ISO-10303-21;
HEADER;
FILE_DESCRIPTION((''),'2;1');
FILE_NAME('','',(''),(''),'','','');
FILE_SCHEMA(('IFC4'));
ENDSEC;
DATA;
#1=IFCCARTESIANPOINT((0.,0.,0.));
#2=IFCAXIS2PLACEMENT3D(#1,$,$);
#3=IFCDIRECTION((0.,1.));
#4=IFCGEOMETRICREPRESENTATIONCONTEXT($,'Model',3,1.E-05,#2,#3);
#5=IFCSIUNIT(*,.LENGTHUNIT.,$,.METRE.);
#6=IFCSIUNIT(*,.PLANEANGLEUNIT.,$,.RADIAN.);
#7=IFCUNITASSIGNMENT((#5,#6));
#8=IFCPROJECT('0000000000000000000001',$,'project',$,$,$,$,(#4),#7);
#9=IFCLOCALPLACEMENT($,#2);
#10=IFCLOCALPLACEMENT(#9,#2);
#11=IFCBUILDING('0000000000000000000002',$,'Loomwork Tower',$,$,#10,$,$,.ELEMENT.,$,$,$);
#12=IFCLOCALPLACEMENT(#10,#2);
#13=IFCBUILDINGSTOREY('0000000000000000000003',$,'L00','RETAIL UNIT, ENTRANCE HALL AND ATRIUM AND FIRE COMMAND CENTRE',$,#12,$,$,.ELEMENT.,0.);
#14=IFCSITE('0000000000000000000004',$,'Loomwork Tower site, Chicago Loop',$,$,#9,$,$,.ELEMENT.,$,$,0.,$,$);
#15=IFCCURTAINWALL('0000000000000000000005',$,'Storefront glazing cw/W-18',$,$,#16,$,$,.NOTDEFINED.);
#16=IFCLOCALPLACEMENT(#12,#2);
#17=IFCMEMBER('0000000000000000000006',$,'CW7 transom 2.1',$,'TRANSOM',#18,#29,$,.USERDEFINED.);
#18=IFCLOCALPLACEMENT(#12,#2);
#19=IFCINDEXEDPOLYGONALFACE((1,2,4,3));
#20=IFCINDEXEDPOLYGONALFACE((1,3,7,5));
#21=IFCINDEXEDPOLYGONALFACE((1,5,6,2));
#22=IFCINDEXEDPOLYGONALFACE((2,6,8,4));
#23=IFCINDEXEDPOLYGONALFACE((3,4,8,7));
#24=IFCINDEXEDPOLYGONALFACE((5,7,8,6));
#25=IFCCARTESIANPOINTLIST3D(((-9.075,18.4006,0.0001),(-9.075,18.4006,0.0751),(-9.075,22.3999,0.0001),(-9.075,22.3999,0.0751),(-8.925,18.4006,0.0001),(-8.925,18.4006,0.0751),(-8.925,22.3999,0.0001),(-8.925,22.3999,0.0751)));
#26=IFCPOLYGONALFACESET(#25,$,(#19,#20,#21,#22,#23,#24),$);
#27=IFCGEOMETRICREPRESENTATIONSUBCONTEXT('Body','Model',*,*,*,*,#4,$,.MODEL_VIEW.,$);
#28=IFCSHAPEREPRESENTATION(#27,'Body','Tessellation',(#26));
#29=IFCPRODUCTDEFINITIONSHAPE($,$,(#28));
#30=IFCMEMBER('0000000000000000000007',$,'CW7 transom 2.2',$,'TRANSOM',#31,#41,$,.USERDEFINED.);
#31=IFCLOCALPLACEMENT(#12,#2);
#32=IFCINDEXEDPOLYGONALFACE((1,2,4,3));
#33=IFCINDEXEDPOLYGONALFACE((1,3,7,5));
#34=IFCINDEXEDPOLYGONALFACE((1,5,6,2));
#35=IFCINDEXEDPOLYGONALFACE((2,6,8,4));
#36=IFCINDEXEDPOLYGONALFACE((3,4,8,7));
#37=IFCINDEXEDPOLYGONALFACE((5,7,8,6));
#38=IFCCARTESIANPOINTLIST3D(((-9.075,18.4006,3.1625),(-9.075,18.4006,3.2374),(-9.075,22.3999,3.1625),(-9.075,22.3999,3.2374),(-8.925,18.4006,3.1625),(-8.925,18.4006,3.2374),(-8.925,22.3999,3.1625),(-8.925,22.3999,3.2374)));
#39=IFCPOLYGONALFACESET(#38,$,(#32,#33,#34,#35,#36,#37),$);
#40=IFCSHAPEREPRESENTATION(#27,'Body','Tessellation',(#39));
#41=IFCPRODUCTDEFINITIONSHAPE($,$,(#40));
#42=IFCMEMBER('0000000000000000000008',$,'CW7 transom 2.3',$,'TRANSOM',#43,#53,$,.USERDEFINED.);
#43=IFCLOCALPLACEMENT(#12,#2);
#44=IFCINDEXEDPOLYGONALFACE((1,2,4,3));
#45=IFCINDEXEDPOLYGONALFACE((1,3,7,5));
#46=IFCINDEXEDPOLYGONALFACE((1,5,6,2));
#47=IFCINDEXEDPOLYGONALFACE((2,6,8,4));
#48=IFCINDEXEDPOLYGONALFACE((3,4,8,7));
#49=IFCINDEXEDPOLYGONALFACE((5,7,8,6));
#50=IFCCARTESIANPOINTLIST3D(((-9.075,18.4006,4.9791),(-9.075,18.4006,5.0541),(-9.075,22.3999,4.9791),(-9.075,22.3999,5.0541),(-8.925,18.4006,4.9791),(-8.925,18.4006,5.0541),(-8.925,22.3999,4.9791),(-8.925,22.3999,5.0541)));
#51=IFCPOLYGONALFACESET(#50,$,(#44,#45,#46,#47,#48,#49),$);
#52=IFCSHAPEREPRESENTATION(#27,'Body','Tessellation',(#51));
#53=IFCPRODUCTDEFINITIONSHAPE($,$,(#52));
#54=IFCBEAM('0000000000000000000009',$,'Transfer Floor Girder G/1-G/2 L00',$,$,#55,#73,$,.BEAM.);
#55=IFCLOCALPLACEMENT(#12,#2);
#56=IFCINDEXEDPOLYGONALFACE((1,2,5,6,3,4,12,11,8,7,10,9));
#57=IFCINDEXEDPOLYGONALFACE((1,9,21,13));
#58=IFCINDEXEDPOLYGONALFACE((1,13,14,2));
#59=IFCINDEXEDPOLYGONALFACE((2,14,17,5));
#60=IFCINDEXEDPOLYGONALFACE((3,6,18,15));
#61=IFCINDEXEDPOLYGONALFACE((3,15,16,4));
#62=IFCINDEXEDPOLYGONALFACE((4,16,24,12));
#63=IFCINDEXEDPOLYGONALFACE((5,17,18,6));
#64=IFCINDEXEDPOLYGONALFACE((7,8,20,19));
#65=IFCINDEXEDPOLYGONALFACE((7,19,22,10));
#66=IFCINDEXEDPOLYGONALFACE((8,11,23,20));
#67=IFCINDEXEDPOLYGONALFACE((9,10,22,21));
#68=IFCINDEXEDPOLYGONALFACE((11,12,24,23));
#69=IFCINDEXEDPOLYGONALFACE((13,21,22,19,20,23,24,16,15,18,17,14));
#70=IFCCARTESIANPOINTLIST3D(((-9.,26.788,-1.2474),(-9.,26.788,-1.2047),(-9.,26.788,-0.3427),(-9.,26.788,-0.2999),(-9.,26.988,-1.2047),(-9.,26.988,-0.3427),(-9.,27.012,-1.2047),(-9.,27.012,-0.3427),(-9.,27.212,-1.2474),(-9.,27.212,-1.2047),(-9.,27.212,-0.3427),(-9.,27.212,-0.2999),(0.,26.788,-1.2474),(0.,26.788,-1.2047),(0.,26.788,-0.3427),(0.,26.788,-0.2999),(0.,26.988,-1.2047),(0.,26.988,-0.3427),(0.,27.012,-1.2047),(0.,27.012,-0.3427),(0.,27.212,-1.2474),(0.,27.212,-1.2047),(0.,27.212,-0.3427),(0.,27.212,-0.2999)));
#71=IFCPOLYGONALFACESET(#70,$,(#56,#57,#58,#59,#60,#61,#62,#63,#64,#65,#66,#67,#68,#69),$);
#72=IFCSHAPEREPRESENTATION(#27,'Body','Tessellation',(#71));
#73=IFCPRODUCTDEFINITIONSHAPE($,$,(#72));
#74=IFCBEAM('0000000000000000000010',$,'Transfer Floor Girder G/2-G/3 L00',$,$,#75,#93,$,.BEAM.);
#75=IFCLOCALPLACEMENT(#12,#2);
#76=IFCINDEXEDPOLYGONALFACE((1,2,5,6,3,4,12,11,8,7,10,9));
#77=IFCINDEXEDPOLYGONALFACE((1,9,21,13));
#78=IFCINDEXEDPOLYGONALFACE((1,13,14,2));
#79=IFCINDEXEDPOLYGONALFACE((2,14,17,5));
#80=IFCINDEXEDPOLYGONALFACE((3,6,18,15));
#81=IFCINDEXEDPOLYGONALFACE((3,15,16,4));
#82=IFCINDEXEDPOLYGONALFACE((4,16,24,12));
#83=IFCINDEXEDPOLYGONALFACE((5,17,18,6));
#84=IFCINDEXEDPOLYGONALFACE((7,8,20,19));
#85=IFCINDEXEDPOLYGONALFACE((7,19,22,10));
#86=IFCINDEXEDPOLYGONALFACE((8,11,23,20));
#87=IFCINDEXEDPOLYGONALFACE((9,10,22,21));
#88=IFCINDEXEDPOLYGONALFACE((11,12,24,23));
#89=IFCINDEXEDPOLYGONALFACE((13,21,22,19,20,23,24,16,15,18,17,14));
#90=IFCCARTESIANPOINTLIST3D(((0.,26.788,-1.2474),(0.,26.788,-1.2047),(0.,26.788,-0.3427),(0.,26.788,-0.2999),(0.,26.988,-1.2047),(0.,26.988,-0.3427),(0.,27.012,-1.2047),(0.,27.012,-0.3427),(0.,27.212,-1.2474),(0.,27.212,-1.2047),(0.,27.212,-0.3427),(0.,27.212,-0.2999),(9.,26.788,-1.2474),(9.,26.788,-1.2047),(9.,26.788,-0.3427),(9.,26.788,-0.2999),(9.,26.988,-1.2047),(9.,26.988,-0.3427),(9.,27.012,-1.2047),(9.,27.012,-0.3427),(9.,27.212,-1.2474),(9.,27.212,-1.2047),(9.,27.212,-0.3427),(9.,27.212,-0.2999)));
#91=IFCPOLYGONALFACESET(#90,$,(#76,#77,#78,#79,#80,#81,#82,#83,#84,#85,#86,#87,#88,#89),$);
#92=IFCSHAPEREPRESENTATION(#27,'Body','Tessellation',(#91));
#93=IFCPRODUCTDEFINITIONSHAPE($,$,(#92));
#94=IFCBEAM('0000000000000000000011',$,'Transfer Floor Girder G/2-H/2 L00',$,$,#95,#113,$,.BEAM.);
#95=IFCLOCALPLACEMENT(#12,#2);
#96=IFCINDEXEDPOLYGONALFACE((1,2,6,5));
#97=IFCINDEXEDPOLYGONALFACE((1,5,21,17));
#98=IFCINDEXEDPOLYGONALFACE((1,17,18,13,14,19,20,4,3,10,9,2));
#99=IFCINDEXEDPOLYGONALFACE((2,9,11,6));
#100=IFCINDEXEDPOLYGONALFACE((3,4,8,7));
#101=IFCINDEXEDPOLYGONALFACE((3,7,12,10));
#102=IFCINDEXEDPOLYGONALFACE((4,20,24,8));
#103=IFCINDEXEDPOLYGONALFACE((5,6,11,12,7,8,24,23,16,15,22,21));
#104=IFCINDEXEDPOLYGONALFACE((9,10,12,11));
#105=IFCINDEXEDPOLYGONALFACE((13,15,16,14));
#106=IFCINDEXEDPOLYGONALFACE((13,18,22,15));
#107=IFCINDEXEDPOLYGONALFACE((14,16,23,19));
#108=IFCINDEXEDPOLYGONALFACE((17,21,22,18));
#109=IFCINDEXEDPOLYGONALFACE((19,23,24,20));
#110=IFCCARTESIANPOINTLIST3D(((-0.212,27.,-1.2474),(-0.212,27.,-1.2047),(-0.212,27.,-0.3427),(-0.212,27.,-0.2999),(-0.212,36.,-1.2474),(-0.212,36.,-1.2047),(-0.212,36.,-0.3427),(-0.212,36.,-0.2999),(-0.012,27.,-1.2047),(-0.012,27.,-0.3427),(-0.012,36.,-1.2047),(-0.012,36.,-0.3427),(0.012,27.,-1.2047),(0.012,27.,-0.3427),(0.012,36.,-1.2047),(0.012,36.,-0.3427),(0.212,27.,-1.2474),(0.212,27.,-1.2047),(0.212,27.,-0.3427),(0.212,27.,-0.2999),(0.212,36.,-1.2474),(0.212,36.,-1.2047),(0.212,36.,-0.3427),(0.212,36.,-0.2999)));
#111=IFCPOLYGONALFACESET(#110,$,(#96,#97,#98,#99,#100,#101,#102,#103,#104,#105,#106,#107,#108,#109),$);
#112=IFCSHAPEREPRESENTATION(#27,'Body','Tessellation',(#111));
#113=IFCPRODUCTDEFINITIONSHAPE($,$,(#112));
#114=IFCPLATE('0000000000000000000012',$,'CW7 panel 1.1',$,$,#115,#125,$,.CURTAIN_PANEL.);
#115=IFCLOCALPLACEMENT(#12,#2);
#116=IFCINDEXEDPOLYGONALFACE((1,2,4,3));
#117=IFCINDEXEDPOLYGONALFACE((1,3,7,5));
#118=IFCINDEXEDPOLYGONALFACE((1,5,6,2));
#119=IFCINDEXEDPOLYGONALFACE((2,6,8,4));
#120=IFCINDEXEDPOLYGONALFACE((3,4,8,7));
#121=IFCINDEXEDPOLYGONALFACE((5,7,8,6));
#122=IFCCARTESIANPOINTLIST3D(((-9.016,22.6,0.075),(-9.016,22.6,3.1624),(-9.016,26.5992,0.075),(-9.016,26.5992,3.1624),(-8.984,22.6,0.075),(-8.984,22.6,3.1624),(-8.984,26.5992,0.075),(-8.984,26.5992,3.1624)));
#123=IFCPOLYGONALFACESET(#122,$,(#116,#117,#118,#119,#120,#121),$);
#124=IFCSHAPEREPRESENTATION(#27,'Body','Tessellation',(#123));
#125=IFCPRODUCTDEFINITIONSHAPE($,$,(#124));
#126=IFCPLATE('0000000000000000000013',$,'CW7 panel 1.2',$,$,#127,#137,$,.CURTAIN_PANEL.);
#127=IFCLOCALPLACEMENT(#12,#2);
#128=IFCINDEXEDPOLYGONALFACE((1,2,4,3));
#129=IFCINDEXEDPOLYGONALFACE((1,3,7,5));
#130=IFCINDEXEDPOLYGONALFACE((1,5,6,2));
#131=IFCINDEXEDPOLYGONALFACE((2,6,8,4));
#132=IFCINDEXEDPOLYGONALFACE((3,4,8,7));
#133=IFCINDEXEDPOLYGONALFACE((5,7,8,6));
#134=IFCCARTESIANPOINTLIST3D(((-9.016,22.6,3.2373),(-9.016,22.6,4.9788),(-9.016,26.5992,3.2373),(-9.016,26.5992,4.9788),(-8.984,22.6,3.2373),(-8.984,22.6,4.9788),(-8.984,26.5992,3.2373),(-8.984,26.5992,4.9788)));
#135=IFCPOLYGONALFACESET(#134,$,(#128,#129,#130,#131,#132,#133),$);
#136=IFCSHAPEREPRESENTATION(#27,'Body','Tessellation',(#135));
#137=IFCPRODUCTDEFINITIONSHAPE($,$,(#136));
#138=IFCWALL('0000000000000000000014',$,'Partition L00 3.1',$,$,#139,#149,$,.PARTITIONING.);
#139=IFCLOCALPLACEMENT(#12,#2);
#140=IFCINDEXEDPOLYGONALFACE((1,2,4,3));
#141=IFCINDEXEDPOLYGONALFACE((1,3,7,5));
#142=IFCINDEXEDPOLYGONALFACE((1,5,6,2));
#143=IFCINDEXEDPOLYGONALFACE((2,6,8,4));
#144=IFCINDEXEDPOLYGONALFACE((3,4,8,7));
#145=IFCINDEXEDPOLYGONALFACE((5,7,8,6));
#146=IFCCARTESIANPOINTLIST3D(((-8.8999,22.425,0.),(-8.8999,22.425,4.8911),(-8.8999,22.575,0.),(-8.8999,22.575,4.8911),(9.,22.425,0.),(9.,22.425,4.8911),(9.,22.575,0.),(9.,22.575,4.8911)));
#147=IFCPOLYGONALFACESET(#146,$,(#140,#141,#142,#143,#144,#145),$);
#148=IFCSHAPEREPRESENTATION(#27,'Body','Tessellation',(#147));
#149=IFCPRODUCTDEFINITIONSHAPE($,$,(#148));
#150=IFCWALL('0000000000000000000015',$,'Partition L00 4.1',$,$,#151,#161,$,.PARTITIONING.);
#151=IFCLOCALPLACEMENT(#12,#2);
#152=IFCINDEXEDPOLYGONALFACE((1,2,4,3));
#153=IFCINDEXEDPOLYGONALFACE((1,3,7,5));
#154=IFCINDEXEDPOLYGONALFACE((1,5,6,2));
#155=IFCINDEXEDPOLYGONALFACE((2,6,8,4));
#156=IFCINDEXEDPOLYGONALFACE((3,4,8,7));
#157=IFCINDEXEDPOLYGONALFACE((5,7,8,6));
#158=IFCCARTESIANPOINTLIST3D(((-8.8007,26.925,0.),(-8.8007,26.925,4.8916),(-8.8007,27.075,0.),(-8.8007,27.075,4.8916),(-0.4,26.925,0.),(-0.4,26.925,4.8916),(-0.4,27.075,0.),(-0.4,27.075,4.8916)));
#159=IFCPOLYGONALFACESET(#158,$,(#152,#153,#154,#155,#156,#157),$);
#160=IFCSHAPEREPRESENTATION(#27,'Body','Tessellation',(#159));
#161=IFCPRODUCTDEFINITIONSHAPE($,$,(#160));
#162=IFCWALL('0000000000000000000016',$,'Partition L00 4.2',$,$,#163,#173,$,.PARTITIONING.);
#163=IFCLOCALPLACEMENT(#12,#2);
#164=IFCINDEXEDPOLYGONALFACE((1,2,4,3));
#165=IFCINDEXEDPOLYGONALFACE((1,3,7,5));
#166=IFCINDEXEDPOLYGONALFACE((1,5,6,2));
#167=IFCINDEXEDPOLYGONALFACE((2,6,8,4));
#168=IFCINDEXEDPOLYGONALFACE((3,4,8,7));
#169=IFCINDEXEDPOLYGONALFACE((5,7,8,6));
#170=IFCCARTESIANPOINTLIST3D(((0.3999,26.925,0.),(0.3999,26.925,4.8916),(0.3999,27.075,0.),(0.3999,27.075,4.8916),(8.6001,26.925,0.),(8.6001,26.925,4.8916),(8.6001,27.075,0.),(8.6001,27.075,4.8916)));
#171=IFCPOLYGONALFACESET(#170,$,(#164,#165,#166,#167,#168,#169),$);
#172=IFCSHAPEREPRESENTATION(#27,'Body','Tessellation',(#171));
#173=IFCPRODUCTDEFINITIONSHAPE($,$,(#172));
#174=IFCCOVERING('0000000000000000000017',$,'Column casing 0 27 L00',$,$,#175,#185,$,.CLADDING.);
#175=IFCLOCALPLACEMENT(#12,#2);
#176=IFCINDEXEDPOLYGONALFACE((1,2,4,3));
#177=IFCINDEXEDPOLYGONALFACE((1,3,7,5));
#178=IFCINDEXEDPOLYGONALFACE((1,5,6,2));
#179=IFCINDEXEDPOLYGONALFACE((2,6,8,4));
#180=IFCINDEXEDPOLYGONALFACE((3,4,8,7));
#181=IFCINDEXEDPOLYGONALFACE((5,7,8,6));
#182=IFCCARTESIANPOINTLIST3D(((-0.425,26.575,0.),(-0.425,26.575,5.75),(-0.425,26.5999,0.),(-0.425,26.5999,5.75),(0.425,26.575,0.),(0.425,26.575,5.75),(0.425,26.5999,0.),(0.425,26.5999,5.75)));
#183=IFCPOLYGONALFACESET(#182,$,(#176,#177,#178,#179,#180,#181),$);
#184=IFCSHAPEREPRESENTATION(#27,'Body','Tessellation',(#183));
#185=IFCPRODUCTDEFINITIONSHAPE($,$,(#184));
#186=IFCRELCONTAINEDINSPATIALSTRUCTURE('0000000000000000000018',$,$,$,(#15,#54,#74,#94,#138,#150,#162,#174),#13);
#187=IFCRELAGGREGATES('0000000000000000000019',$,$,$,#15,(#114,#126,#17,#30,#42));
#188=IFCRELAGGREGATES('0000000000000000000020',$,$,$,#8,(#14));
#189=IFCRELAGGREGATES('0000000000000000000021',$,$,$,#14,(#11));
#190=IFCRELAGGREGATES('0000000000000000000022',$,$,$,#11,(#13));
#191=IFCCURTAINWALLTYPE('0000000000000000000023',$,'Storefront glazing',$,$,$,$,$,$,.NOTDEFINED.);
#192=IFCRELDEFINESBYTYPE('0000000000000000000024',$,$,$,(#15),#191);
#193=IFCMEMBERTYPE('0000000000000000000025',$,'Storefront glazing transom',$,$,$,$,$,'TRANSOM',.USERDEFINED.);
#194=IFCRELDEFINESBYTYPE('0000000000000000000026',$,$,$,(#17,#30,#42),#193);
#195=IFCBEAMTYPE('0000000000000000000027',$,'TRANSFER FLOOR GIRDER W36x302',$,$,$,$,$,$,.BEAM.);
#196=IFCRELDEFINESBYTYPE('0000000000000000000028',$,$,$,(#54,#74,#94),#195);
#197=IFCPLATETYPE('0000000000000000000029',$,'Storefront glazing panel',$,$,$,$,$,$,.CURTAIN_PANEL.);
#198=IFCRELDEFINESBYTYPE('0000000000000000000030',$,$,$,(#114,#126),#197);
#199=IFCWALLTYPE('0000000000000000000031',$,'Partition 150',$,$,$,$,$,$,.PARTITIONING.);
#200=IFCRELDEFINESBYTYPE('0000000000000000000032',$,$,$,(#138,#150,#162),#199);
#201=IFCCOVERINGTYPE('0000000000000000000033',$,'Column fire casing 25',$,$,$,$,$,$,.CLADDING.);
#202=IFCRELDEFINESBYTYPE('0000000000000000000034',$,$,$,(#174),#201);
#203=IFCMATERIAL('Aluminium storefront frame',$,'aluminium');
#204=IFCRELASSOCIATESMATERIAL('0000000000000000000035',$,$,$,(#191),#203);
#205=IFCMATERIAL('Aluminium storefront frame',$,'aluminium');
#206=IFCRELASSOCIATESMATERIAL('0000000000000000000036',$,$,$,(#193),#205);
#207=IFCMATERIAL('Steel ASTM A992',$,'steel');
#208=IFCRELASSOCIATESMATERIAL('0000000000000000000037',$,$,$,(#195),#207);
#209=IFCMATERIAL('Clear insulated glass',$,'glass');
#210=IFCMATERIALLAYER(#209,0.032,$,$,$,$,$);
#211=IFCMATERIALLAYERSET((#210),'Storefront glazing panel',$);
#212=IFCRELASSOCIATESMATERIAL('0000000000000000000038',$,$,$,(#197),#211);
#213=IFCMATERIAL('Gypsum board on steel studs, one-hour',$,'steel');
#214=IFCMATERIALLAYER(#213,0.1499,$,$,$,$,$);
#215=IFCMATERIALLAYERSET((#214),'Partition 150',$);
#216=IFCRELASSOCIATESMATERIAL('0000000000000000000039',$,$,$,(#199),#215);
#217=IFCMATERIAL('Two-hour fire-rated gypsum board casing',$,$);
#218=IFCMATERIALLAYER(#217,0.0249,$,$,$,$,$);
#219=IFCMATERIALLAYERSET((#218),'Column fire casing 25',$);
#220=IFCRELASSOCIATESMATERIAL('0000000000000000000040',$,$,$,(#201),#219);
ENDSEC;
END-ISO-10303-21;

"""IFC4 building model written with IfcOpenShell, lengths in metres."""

from ifc_helpers import new_model, si_unit, direction, frame, frame_2d, origin, origin_2d, place, context, subcontext, project, spatial, rectangle, i_section, extrude, material, layer, layer_set, material_profile, profile_set, type_object, element, aggregate, save


model = new_model("IFC4")

# Units and contexts
model_context = context("Model", 3, precision=1e-05, world=origin(), true_north=direction((0.0, 1.0)))
body_context = subcontext(model_context, "Body", "Model", "MODEL_VIEW")
ifc_project = project(units=[si_unit("LENGTHUNIT", "METRE"), si_unit("PLANEANGLEUNIT", "RADIAN")], contexts=[model_context])

# Site, building, storey
site_placement = place(None, origin())
site = spatial("IfcSite", under=ifc_project, at=site_placement, Name="Loomwork Tower site, Chicago Loop", CompositionType="ELEMENT", RefElevation=0.0)
building_placement = place(site_placement, origin())
building = spatial("IfcBuilding", under=site, at=building_placement, Name="Loomwork Tower", CompositionType="ELEMENT")
storey_placement = place(building_placement, origin())
storey = spatial("IfcBuildingStorey", under=building, at=storey_placement, Name="L00", Description="RETAIL UNIT, ENTRANCE HALL AND ATRIUM AND FIRE COMMAND CENTRE", CompositionType="ELEMENT", Elevation=0.0)

# Curtain wall
ifc_material_1 = material(Name="Aluminium storefront frame", Category="aluminium")
curtain_wall_type = type_object("IfcCurtainWallType", Name="Storefront glazing", PredefinedType="NOTDEFINED", material=ifc_material_1)
curtain_wall_1_placement = place(storey_placement, origin())
curtain_wall_1 = element("IfcCurtainWall", 1, at=curtain_wall_1_placement, inside=storey, type_object=curtain_wall_type, Name="Storefront glazing cw/W-18", PredefinedType="NOTDEFINED")

# Members
ifc_material_2 = material(Name="Aluminium storefront frame", Category="aluminium")
ifc_material_profile_1 = material_profile(ifc_material_2, rectangle(XDim=0.1499, YDim=0.075, at=origin_2d()), Name="AL 75x150")
ifc_profile_set_1 = profile_set([ifc_material_profile_1], Name="Aluminium storefront frame")
member_type_1 = type_object("IfcMemberType", Name="Storefront glazing transom", ElementType="TRANSOM", PredefinedType="USERDEFINED", material=ifc_profile_set_1)
member_1_placement = place(storey_placement, frame((-9.0, 22.3999, 0.0376), z_axis=(0.0, -1.0, 0.0), x_axis=(1.0, 0.0, 0.0)))
member_1 = element("IfcMember", 2, at=member_1_placement, type_object=member_type_1, Name="CW7 transom 2.1", ObjectType="TRANSOM", PredefinedType="USERDEFINED", context=body_context, shape_type="SweptSolid", body=[
    extrude(rectangle(XDim=0.1499, YDim=0.075, at=origin_2d()), origin(), (0.0, 0.0, 1.0), 3.9993),
])
member_2_placement = place(storey_placement, frame((-9.0, 22.3999, 3.2), z_axis=(0.0, -1.0, 0.0), x_axis=(1.0, 0.0, 0.0)))
member_2 = element("IfcMember", 3, at=member_2_placement, type_object=member_type_1, Name="CW7 transom 2.2", ObjectType="TRANSOM", PredefinedType="USERDEFINED", context=body_context, shape_type="SweptSolid", body=[
    extrude(rectangle(XDim=0.1499, YDim=0.075, at=origin_2d()), origin(), (0.0, 0.0, 1.0), 3.9993),
])
member_3_placement = place(storey_placement, frame((-9.0, 22.3999, 5.0166), z_axis=(0.0, -1.0, 0.0), x_axis=(1.0, 0.0, 0.0)))
member_3 = element("IfcMember", 4, at=member_3_placement, type_object=member_type_1, Name="CW7 transom 2.3", ObjectType="TRANSOM", PredefinedType="USERDEFINED", context=body_context, shape_type="SweptSolid", body=[
    extrude(rectangle(XDim=0.1499, YDim=0.075, at=origin_2d()), origin(), (0.0, 0.0, 1.0), 3.9993),
])

# Beams
ifc_material_3 = material(Name="Steel ASTM A992", Category="steel")
ifc_material_profile_2 = material_profile(ifc_material_3, i_section(OverallWidth=0.4241, OverallDepth=0.9475, WebThickness=0.0239, FlangeThickness=0.0427, at=origin_2d()), Name="W36x302")
ifc_profile_set_2 = profile_set([ifc_material_profile_2], Name="Steel ASTM A992")
beam_type_1 = type_object("IfcBeamType", Name="TRANSFER FLOOR GIRDER W36x302", PredefinedType="BEAM", material=ifc_profile_set_2)
for number, where, z_axis, x_axis, name in (
    (5, (-9.0, 27.0, -0.7737), (1.0, 0.0, 0.0), (0.0, 1.0, 0.0), "Transfer Floor Girder G/1-G/2 L00"),
    (6, (0.0, 27.0, -0.7737), (1.0, 0.0, 0.0), (0.0, 1.0, 0.0), "Transfer Floor Girder G/2-G/3 L00"),
    (7, (0.0, 27.0, -0.7737), (0.0, 1.0, 0.0), (-1.0, 0.0, 0.0), "Transfer Floor Girder G/2-H/2 L00"),
):
    element("IfcBeam", number, at=place(storey_placement, frame(where, z_axis=z_axis, x_axis=x_axis)), inside=storey, type_object=beam_type_1, Name=name, PredefinedType="BEAM", context=body_context, shape_type="SweptSolid", body=[
        extrude(i_section(OverallWidth=0.4241, OverallDepth=0.9475, WebThickness=0.0239, FlangeThickness=0.0427, at=origin_2d()), origin(), (0.0, 0.0, 1.0), 9.0),
    ])

# Plates
ifc_material_4 = material(Name="Clear insulated glass", Category="glass")
ifc_layer_1 = layer(ifc_material_4, 0.032)
ifc_layer_set_1 = layer_set([ifc_layer_1], Name="Storefront glazing panel")
plate_type = type_object("IfcPlateType", Name="Storefront glazing panel", PredefinedType="CURTAIN_PANEL", material=ifc_layer_set_1)
plate_1_placement = place(storey_placement, frame((-9.0, 24.5996, 0.075), z_axis=(0.0, 0.0, 1.0), x_axis=(0.0, -1.0, 0.0)))
plate_1 = element("IfcPlate", 8, at=plate_1_placement, type_object=plate_type, Name="CW7 panel 1.1", PredefinedType="CURTAIN_PANEL", context=body_context, shape_type="SweptSolid", body=[
    extrude(rectangle(XDim=3.9993, YDim=0.032, at=origin_2d()), origin(), (0.0, 0.0, 1.0), 3.0874),
])
plate_2_placement = place(storey_placement, frame((-9.0, 24.5996, 3.2373), z_axis=(0.0, 0.0, 1.0), x_axis=(0.0, -1.0, 0.0)))
plate_2 = element("IfcPlate", 9, at=plate_2_placement, type_object=plate_type, Name="CW7 panel 1.2", PredefinedType="CURTAIN_PANEL", context=body_context, shape_type="SweptSolid", body=[
    extrude(rectangle(XDim=3.9993, YDim=0.032, at=origin_2d()), origin(), (0.0, 0.0, 1.0), 1.7415),
])
aggregate(curtain_wall_1, [plate_1, plate_2, member_1, member_2, member_3])

# Walls
ifc_material_5 = material(Name="Gypsum board on steel studs, one-hour", Category="steel")
ifc_layer_2 = layer(ifc_material_5, 0.1499)
ifc_layer_set_2 = layer_set([ifc_layer_2], Name="Partition 150")
wall_type = type_object("IfcWallType", Name="Partition 150", PredefinedType="PARTITIONING", material=ifc_layer_set_2)
wall_1_placement = place(storey_placement, frame((-8.8999, 22.5, 0.0), z_axis=(0.0, 0.0, 1.0), x_axis=(1.0, 0.0, 0.0)))
element("IfcWall", 10, at=wall_1_placement, inside=storey, type_object=wall_type, Name="Partition L00 3.1", PredefinedType="PARTITIONING", context=body_context, shape_type="SweptSolid", body=[
    extrude(rectangle(XDim=17.8999, YDim=0.1499, at=frame_2d((8.95, 0.0))), origin(), (0.0, 0.0, 1.0), 4.8911),
])
wall_2_placement = place(storey_placement, frame((-8.8005, 27.0, 0.0), z_axis=(0.0, 0.0, 1.0), x_axis=(1.0, 0.0, 0.0)))
element("IfcWall", 11, at=wall_2_placement, inside=storey, type_object=wall_type, Name="Partition L00 4.1", PredefinedType="PARTITIONING", context=body_context, shape_type="SweptSolid", body=[
    extrude(rectangle(XDim=8.4006, YDim=0.1499, at=frame_2d((4.2002, 0.0))), origin(), (0.0, 0.0, 1.0), 4.8916),
])
wall_3_placement = place(storey_placement, frame((0.3999, 27.0, 0.0), z_axis=(0.0, 0.0, 1.0), x_axis=(1.0, 0.0, 0.0)))
element("IfcWall", 12, at=wall_3_placement, inside=storey, type_object=wall_type, Name="Partition L00 4.2", PredefinedType="PARTITIONING", context=body_context, shape_type="SweptSolid", body=[
    extrude(rectangle(XDim=8.2002, YDim=0.1499, at=frame_2d((4.1001, 0.0))), origin(), (0.0, 0.0, 1.0), 4.8916),
])

# Covering
ifc_material_6 = material(Name="Two-hour fire-rated gypsum board casing")
ifc_layer_3 = layer(ifc_material_6, 0.0249)
ifc_layer_set_3 = layer_set([ifc_layer_3], Name="Column fire casing 25")
covering_type_1 = type_object("IfcCoveringType", Name="Column fire casing 25", PredefinedType="CLADDING", material=ifc_layer_set_3)
covering_1_placement = place(storey_placement, frame((0.0, 26.5874, 0.0), z_axis=(0.0, 0.0, 1.0), x_axis=(1.0, 0.0, 0.0)))
element("IfcCovering", 13, at=covering_1_placement, inside=storey, type_object=covering_type_1, Name="Column casing 0 27 L00", PredefinedType="CLADDING", context=body_context, shape_type="SweptSolid", body=[
    extrude(rectangle(XDim=0.8501, YDim=0.0249, at=origin_2d()), origin(), (0.0, 0.0, 1.0), 5.75),
])

save(model, "model.ifc")
